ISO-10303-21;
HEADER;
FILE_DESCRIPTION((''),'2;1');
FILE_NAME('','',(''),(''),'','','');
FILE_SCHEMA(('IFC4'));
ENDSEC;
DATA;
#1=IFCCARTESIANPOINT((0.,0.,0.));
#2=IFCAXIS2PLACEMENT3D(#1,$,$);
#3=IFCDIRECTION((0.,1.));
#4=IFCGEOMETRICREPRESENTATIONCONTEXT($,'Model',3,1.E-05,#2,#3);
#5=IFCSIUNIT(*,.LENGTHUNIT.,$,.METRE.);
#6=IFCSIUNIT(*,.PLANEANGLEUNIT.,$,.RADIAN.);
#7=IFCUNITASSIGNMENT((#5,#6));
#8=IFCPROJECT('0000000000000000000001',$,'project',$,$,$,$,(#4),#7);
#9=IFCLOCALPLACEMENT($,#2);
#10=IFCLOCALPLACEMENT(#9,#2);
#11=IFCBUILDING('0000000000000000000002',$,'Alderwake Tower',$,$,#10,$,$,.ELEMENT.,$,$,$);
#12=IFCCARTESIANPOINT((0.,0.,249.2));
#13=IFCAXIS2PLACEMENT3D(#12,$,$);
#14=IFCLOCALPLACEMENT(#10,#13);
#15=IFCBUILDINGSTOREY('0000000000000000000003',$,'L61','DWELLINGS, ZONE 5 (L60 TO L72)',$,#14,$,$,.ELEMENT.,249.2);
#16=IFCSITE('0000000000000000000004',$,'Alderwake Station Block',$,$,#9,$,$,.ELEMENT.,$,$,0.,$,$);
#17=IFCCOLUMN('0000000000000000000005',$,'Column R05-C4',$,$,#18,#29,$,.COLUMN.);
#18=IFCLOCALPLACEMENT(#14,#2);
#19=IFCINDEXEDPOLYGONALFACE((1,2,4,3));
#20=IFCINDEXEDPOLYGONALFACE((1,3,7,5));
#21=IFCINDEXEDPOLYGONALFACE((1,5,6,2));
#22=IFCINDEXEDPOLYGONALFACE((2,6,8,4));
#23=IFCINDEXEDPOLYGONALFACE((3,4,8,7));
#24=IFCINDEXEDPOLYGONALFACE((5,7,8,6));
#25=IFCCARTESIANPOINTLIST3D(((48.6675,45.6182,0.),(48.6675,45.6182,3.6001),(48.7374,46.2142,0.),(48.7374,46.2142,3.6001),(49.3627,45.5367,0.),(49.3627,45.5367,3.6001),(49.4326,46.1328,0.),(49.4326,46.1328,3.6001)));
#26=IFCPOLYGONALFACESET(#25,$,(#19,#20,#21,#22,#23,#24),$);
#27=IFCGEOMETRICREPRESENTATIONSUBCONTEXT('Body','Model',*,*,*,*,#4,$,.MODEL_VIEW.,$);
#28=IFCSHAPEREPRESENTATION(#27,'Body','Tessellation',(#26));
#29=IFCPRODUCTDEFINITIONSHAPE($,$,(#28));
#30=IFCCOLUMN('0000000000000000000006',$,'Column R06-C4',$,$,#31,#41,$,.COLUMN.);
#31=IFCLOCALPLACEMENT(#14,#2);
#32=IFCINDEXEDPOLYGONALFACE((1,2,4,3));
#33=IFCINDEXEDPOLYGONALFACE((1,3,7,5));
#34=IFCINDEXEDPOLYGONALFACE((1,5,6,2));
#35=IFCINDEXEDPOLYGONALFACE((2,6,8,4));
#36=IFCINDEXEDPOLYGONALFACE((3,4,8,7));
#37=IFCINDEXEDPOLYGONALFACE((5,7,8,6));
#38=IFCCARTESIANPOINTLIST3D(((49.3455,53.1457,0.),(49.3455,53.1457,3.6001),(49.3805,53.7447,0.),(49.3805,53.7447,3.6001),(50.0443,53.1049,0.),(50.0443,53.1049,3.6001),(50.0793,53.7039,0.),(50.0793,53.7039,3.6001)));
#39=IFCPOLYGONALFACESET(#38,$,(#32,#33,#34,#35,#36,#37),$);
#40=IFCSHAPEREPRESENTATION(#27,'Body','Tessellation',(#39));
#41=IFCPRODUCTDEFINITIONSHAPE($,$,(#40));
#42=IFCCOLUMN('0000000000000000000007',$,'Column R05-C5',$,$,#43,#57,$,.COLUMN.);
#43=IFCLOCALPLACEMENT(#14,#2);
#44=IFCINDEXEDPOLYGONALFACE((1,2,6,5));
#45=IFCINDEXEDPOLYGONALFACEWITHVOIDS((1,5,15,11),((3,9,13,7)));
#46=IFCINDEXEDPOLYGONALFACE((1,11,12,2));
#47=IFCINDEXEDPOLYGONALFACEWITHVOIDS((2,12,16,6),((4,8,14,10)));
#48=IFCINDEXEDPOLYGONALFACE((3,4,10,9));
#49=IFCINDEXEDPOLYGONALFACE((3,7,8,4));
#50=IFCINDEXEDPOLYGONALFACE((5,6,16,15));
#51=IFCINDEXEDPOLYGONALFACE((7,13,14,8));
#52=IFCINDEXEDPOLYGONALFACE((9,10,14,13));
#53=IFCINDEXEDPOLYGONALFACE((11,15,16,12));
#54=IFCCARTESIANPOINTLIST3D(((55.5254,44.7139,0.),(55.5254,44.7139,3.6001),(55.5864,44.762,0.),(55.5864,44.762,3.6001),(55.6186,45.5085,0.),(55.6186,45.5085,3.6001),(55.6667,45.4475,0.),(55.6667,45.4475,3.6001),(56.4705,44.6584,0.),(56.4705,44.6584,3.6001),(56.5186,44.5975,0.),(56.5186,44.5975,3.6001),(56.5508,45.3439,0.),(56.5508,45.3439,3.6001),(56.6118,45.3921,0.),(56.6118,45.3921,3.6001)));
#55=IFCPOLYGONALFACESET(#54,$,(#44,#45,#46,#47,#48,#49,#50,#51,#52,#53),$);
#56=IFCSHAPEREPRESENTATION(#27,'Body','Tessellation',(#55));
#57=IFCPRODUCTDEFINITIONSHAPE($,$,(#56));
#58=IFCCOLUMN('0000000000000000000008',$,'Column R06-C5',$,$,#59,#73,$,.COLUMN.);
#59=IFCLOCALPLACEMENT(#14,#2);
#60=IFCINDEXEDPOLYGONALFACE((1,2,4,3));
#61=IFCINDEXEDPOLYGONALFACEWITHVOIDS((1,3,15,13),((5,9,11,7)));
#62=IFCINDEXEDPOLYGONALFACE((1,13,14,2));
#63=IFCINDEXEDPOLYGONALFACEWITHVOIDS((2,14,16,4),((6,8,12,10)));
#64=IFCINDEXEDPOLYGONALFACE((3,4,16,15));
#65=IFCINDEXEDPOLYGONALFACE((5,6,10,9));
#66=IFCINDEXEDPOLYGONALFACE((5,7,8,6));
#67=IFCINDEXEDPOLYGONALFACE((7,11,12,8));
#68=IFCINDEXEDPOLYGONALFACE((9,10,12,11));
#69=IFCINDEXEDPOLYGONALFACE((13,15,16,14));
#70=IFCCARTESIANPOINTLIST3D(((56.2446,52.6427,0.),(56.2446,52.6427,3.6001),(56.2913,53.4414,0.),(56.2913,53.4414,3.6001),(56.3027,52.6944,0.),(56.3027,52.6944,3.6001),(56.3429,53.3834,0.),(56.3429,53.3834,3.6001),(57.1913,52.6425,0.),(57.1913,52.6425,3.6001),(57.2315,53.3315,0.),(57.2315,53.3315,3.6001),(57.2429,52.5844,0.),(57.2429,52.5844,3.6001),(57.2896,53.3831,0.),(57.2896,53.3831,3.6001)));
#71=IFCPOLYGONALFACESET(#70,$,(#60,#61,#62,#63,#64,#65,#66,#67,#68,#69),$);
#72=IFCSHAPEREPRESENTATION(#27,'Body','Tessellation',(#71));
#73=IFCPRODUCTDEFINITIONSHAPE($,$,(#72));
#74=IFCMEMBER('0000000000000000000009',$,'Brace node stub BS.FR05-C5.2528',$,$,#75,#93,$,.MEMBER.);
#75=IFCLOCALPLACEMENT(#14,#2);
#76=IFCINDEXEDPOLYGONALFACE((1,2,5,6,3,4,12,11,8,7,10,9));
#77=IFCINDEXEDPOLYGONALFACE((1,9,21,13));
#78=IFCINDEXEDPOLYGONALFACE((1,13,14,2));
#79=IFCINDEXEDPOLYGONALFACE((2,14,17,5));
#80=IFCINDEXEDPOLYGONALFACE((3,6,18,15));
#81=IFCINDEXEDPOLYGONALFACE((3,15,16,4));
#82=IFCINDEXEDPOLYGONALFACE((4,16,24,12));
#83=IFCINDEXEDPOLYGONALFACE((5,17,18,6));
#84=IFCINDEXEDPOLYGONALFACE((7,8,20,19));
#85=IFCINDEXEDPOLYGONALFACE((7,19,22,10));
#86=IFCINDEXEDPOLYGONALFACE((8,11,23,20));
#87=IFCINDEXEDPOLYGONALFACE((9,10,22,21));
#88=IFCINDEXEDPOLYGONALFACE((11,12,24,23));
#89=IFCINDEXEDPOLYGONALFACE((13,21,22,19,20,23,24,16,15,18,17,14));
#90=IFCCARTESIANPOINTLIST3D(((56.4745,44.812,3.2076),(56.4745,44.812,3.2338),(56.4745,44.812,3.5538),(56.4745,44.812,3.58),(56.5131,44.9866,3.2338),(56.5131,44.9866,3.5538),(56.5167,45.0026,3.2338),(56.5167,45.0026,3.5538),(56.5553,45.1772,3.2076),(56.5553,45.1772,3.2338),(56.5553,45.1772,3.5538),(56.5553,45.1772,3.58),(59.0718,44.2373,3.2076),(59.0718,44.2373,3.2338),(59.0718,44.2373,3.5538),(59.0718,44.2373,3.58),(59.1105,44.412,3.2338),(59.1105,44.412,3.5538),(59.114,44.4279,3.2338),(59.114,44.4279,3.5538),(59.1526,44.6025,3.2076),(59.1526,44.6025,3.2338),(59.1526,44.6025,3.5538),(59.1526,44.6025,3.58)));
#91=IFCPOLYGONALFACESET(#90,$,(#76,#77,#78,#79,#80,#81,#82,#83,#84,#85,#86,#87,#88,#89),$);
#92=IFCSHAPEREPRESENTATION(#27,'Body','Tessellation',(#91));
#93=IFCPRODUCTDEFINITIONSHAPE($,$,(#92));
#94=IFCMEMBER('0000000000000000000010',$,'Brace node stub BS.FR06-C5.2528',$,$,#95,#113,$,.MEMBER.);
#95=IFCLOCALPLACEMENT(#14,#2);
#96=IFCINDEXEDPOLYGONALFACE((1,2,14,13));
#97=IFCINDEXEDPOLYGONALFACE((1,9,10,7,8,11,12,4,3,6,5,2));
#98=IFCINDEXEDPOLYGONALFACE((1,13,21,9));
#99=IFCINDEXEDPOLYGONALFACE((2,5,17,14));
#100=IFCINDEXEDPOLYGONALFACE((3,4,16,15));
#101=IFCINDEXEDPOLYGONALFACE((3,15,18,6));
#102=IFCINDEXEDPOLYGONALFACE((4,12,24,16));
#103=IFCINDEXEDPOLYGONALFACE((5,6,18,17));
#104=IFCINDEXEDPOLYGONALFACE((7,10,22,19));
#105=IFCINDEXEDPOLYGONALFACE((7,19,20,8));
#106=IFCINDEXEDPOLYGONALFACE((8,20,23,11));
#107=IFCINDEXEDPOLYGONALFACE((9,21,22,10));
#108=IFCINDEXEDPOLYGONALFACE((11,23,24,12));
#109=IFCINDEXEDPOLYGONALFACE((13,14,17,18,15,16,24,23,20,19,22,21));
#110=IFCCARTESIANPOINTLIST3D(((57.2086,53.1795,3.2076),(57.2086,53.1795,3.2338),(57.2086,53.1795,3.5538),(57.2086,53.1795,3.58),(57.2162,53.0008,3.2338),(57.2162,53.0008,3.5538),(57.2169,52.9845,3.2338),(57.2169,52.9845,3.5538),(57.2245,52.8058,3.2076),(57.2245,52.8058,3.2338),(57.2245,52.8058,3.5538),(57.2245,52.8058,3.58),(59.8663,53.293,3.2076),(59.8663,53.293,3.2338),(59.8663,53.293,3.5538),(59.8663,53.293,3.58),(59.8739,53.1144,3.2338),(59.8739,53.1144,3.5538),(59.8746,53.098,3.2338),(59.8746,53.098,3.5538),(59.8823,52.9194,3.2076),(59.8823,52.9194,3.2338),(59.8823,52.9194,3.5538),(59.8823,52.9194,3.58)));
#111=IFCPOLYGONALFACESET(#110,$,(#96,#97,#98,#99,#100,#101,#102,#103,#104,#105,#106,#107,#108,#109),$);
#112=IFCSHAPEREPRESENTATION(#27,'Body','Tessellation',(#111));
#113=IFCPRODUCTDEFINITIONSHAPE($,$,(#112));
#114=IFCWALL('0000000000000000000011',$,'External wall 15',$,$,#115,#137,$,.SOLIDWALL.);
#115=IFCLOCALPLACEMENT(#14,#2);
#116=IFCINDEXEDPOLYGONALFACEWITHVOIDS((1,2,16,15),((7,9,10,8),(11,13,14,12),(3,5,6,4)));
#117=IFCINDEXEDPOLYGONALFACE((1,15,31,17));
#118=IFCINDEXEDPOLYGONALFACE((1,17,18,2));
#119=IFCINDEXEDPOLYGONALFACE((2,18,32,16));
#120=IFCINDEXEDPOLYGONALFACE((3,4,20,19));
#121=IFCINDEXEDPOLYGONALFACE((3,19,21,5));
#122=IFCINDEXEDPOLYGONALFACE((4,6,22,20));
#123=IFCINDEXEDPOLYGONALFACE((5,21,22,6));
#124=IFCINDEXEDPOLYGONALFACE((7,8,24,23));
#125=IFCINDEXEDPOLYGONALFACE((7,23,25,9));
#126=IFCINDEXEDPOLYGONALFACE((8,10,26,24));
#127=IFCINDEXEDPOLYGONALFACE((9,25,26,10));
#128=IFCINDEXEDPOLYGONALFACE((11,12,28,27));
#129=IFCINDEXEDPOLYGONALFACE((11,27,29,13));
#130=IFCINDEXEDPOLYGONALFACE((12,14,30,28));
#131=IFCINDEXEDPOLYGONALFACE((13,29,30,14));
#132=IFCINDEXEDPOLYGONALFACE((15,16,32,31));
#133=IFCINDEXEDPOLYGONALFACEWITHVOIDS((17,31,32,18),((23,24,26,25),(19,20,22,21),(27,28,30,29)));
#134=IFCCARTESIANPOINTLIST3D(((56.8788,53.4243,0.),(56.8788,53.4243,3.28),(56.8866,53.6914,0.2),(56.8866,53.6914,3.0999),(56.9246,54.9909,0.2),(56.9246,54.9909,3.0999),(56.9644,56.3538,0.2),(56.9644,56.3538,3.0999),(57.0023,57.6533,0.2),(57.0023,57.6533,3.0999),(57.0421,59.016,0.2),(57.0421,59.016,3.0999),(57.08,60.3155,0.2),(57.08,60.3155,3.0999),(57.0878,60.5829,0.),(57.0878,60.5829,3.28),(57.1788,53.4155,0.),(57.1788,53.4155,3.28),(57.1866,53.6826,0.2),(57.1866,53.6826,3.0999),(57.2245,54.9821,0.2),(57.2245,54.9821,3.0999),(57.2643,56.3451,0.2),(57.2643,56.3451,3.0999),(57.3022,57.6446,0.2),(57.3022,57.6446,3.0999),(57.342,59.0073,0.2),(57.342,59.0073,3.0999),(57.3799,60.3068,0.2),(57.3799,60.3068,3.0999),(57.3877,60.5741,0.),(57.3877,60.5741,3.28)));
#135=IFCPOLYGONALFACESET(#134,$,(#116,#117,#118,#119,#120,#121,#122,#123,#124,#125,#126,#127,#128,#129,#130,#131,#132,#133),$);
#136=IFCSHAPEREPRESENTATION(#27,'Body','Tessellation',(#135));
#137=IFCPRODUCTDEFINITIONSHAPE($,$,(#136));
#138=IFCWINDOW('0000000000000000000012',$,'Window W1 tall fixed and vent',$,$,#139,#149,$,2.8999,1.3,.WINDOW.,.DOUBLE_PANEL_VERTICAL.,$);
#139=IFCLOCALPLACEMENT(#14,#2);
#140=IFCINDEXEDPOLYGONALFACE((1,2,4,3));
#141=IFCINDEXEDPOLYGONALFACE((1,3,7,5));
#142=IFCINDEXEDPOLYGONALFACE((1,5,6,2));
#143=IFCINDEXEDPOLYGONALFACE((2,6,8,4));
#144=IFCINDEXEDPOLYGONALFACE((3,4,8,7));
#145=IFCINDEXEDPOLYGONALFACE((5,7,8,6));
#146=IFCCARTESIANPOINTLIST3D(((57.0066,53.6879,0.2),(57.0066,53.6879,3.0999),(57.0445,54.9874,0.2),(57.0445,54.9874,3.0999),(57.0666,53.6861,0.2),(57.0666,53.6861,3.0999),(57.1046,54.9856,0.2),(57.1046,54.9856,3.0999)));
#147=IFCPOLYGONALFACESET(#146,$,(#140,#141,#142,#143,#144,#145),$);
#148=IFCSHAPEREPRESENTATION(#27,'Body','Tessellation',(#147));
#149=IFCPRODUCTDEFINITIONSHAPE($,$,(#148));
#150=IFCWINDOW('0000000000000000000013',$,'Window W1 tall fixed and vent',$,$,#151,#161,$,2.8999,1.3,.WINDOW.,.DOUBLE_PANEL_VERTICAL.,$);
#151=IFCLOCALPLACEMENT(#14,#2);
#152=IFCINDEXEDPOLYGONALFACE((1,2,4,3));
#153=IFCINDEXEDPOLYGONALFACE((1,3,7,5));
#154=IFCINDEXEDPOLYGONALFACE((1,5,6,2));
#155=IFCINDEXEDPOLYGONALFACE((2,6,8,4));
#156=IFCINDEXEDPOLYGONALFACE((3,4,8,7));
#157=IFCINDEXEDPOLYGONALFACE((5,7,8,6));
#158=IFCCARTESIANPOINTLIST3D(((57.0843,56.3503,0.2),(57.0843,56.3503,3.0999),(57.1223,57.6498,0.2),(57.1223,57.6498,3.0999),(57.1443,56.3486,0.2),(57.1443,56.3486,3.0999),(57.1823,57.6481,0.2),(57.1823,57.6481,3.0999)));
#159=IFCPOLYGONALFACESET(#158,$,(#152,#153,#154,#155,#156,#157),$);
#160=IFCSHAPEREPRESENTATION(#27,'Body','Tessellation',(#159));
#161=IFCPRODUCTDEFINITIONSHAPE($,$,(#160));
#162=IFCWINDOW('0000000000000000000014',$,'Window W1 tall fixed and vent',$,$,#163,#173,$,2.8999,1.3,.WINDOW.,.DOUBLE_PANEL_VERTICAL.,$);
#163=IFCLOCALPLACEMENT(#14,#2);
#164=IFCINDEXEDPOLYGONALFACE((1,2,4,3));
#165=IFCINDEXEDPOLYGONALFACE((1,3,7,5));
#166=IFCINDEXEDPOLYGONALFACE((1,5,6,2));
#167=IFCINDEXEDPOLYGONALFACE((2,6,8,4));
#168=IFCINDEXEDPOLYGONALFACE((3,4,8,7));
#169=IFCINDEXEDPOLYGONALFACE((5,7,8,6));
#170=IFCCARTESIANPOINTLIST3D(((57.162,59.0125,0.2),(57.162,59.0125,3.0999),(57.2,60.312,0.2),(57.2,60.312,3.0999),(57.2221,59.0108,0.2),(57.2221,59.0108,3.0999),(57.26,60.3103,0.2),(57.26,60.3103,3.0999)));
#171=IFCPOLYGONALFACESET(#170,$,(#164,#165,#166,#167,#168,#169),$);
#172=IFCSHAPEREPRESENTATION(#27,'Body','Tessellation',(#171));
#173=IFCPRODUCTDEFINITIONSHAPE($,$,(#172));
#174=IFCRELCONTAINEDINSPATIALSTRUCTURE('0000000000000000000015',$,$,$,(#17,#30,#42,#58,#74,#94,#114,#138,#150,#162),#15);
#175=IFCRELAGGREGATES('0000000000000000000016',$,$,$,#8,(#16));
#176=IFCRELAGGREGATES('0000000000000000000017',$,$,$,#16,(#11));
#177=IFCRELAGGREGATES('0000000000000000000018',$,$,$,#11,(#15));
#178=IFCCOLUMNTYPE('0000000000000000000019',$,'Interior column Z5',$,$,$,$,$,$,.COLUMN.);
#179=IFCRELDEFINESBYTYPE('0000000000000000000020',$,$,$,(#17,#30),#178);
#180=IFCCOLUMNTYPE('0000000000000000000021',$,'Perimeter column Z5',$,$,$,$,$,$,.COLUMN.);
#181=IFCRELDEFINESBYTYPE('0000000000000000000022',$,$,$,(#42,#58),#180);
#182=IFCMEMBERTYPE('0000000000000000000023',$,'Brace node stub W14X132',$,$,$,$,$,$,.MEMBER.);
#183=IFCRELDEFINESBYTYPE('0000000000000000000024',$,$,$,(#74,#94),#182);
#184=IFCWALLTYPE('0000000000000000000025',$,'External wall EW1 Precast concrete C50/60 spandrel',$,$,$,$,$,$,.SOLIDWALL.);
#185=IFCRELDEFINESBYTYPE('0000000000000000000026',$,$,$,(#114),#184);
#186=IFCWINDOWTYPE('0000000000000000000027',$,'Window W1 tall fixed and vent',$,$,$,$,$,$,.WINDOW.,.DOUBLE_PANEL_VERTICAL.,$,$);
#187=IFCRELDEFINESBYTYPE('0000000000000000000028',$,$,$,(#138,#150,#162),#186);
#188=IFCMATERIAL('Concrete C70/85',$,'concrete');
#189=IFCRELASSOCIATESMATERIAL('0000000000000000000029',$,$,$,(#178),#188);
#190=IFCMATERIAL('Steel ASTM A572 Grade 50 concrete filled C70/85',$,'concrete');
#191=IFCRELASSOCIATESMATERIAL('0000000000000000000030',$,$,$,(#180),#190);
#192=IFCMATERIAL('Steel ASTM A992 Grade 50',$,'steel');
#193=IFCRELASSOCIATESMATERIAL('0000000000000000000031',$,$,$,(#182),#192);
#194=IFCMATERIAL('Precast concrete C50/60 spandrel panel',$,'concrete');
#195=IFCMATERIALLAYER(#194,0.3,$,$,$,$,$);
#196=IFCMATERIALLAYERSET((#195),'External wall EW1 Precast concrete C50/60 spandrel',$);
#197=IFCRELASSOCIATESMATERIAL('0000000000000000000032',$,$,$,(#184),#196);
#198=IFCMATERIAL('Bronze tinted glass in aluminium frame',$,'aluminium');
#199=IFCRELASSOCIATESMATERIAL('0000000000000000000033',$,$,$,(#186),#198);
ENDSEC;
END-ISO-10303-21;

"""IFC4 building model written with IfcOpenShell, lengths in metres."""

from ifc_helpers import new_model, si_unit, direction, frame, frame_2d, origin, origin_2d, place, context, subcontext, project, spatial, rectangle, hollow_rectangle, i_section, extrude, material, layer, layer_set, material_profile, profile_set, type_object, element, fill, save


model = new_model("IFC4")

# Units and contexts
model_context = context("Model", 3, precision=1e-05, world=origin(), true_north=direction((0.0, 1.0)))
body_context = subcontext(model_context, "Body", "Model", "MODEL_VIEW")
ifc_project = project(units=[si_unit("LENGTHUNIT", "METRE"), si_unit("PLANEANGLEUNIT", "RADIAN")], contexts=[model_context])

# Site, building, storey
site_placement = place(None, origin())
site = spatial("IfcSite", under=ifc_project, at=site_placement, Name="Alderwake Station Block", CompositionType="ELEMENT", RefElevation=0.0)
building_placement = place(site_placement, origin())
building = spatial("IfcBuilding", under=site, at=building_placement, Name="Alderwake Tower", CompositionType="ELEMENT")
storey_placement = place(building_placement, frame((0.0, 0.0, 249.2)))
storey = spatial("IfcBuildingStorey", under=building, at=storey_placement, Name="L61", Description="DWELLINGS, ZONE 5 (L60 TO L72)", CompositionType="ELEMENT", Elevation=249.2)

# Columns
ifc_material_1 = material(Name="Concrete C70/85", Category="concrete")
ifc_material_profile_1 = material_profile(ifc_material_1, rectangle(XDim=0.6001, YDim=0.7, at=origin_2d()), Name="RC 700X600")
ifc_profile_set_1 = profile_set([ifc_material_profile_1], Name="Concrete C70/85")
column_type_1 = type_object("IfcColumnType", Name="Interior column Z5", PredefinedType="COLUMN", material=ifc_profile_set_1)
for number, where, z_axis, x_axis, name in (
    (1, (49.05, 45.8755, 0.0), (0.0, 0.0, 1.0), (0.116402, 0.993202, 0.0), "Column R05-C4"),
    (2, (49.7124, 53.4248, 0.0), (0.0, 0.0, 1.0), (0.058299, 0.998299, 0.0), "Column R06-C4"),
):
    element("IfcColumn", number, at=place(storey_placement, frame(where, z_axis=z_axis, x_axis=x_axis)), inside=storey, type_object=column_type_1, Name=name, PredefinedType="COLUMN", context=body_context, shape_type="SweptSolid", body=[
        extrude(rectangle(XDim=0.6001, YDim=0.7, at=origin_2d()), origin(), (0.0, 0.0, 1.0), 3.6001),
    ])
ifc_material_2 = material(Name="Steel ASTM A572 Grade 50 concrete filled C70/85", Category="concrete")
ifc_material_profile_2 = material_profile(ifc_material_2, hollow_rectangle(XDim=0.8, YDim=1.0, WallThickness=0.0549, at=origin_2d()), Name="BOX 1000X800X55")
ifc_profile_set_2 = profile_set([ifc_material_profile_2], Name="Steel ASTM A572 Grade 50 concrete filled C70/85")
column_type_2 = type_object("IfcColumnType", Name="Perimeter column Z5", PredefinedType="COLUMN", material=ifc_profile_set_2)
for number, where, z_axis, x_axis, name in (
    (3, (56.0686, 45.053, 0.0), (0.0, 0.0, 1.0), (0.116402, 0.993202, 0.0), "Column R05-C5"),
    (4, (56.7671, 53.0129, 0.0), (0.0, 0.0, 1.0), (0.058299, 0.998299, 0.0), "Column R06-C5"),
):
    element("IfcColumn", number, at=place(storey_placement, frame(where, z_axis=z_axis, x_axis=x_axis)), inside=storey, type_object=column_type_2, Name=name, PredefinedType="COLUMN", context=body_context, shape_type="SweptSolid", body=[
        extrude(hollow_rectangle(XDim=0.8, YDim=1.0, WallThickness=0.0549, at=origin_2d()), origin(), (0.0, 0.0, 1.0), 3.6001),
    ])

# Members
ifc_material_3 = material(Name="Steel ASTM A992 Grade 50", Category="steel")
ifc_material_profile_3 = material_profile(ifc_material_3, i_section(OverallWidth=0.374, OverallDepth=0.3723, WebThickness=0.0164, FlangeThickness=0.0261, at=origin_2d()), Name="W14X132")
ifc_profile_set_3 = profile_set([ifc_material_profile_3], Name="Steel ASTM A992 Grade 50")
member_type = type_object("IfcMemberType", Name="Brace node stub W14X132", PredefinedType="MEMBER", material=ifc_profile_set_3)
for number, where, z_axis, x_axis, name in (
    (5, (56.5149, 44.9946, 3.3938), (0.976385, -0.216036, 0.0), (0.216036, 0.976385, 0.0), "Brace node stub BS.FR05-C5.2528"),
    (6, (57.2166, 52.9927, 3.3938), (0.999089, 0.042676, 0.0), (-0.042676, 0.999089, 0.0), "Brace node stub BS.FR06-C5.2528"),
):
    element("IfcMember", number, at=place(storey_placement, frame(where, z_axis=z_axis, x_axis=x_axis)), inside=storey, type_object=member_type, Name=name, PredefinedType="MEMBER", context=body_context, shape_type="SweptSolid", body=[
        extrude(i_section(OverallWidth=0.374, OverallDepth=0.3723, WebThickness=0.0164, FlangeThickness=0.0261, at=origin_2d()), origin(), (0.0, 0.0, 1.0), 2.6602),
    ])

# Shared definitions
ifc_material_4 = material(Name="Precast concrete C50/60 spandrel panel", Category="concrete")
ifc_layer_1 = layer(ifc_material_4, 0.3)
ifc_layer_set_1 = layer_set([ifc_layer_1], Name="External wall EW1 Precast concrete C50/60 spandrel")
wall_type_1 = type_object("IfcWallType", Name="External wall EW1 Precast concrete C50/60 spandrel", PredefinedType="SOLIDWALL", material=ifc_layer_set_1)
ifc_material_5 = material(Name="Bronze tinted glass in aluminium frame", Category="aluminium")
window_type = type_object("IfcWindowType", Name="Window W1 tall fixed and vent", PartitioningType="DOUBLE_PANEL_VERTICAL", PredefinedType="WINDOW", material=ifc_material_5)

# Wall, openings, windows
wall_1_placement = place(storey_placement, frame((57.0288, 53.4199, 0.0), z_axis=(0.0, 0.0, 1.0), x_axis=(0.029181, 0.999574, 0.0)))
wall_1 = element("IfcWall", 7, at=wall_1_placement, inside=storey, type_object=wall_type_1, Name="External wall 15", PredefinedType="SOLIDWALL", context=body_context, shape_type="SweptSolid", body=[
    extrude(rectangle(XDim=7.1616, YDim=0.3, at=frame_2d((3.5808, 0.0))), origin(), (0.0, 0.0, 1.0), 3.28),
])
opening_1_placement = place(wall_1_placement, frame((0.2673, 0.0, 0.2)))
opening_1 = element("IfcOpeningElement", 8, at=opening_1_placement, cuts=wall_1, PredefinedType="OPENING", context=body_context, shape_type="SweptSolid", body=[
    extrude(rectangle(XDim=1.3, YDim=2.8999, at=frame_2d((0.6499, 1.45))), frame((0.0, 0.1599, 0.0), z_axis=(0.0, -1.0, 0.0), x_axis=(1.0, 0.0, 0.0)), (0.0, 0.0, 1.0), 0.3201),
])
opening_2_placement = place(wall_1_placement, frame((2.9309, 0.0, 0.2)))
opening_2 = element("IfcOpeningElement", 9, at=opening_2_placement, cuts=wall_1, PredefinedType="OPENING", context=body_context, shape_type="SweptSolid", body=[
    extrude(rectangle(XDim=1.3, YDim=2.8999, at=frame_2d((0.6499, 1.45))), frame((0.0, 0.1599, 0.0), z_axis=(0.0, -1.0, 0.0), x_axis=(1.0, 0.0, 0.0)), (0.0, 0.0, 1.0), 0.3201),
])
opening_3_placement = place(wall_1_placement, frame((5.5942, 0.0, 0.2)))
opening_3 = element("IfcOpeningElement", 10, at=opening_3_placement, cuts=wall_1, PredefinedType="OPENING", context=body_context, shape_type="SweptSolid", body=[
    extrude(rectangle(XDim=1.3, YDim=2.8999, at=frame_2d((0.6499, 1.45))), frame((0.0, 0.1599, 0.0), z_axis=(0.0, -1.0, 0.0), x_axis=(1.0, 0.0, 0.0)), (0.0, 0.0, 1.0), 0.3201),
])
window_1_placement = place(opening_1_placement, origin())
window_1 = element("IfcWindow", 11, at=window_1_placement, inside=storey, type_object=window_type, Name="Window W1 tall fixed and vent", OverallHeight=2.8999, OverallWidth=1.3, PartitioningType="DOUBLE_PANEL_VERTICAL", PredefinedType="WINDOW", context=body_context, shape_type="SweptSolid", body=[
    extrude(rectangle(XDim=1.3, YDim=2.8999, at=frame_2d((0.6499, 1.45))), frame((0.0, 0.03, 0.0), z_axis=(0.0, -1.0, 0.0), x_axis=(1.0, 0.0, 0.0)), (0.0, 0.0, 1.0), 0.0601),
])
fill(opening_1, window_1)
window_2_placement = place(opening_2_placement, origin())
window_2 = element("IfcWindow", 12, at=window_2_placement, inside=storey, type_object=window_type, Name="Window W1 tall fixed and vent", OverallHeight=2.8999, OverallWidth=1.3, PartitioningType="DOUBLE_PANEL_VERTICAL", PredefinedType="WINDOW", context=body_context, shape_type="SweptSolid", body=[
    extrude(rectangle(XDim=1.3, YDim=2.8999, at=frame_2d((0.6499, 1.45))), frame((0.0, 0.03, 0.0), z_axis=(0.0, -1.0, 0.0), x_axis=(1.0, 0.0, 0.0)), (0.0, 0.0, 1.0), 0.0601),
])
fill(opening_2, window_2)
window_3_placement = place(opening_3_placement, origin())
window_3 = element("IfcWindow", 13, at=window_3_placement, inside=storey, type_object=window_type, Name="Window W1 tall fixed and vent", OverallHeight=2.8999, OverallWidth=1.3, PartitioningType="DOUBLE_PANEL_VERTICAL", PredefinedType="WINDOW", context=body_context, shape_type="SweptSolid", body=[
    extrude(rectangle(XDim=1.3, YDim=2.8999, at=frame_2d((0.6499, 1.45))), frame((0.0, 0.03, 0.0), z_axis=(0.0, -1.0, 0.0), x_axis=(1.0, 0.0, 0.0)), (0.0, 0.0, 1.0), 0.0601),
])
fill(opening_3, window_3)

save(model, "model.ifc")
